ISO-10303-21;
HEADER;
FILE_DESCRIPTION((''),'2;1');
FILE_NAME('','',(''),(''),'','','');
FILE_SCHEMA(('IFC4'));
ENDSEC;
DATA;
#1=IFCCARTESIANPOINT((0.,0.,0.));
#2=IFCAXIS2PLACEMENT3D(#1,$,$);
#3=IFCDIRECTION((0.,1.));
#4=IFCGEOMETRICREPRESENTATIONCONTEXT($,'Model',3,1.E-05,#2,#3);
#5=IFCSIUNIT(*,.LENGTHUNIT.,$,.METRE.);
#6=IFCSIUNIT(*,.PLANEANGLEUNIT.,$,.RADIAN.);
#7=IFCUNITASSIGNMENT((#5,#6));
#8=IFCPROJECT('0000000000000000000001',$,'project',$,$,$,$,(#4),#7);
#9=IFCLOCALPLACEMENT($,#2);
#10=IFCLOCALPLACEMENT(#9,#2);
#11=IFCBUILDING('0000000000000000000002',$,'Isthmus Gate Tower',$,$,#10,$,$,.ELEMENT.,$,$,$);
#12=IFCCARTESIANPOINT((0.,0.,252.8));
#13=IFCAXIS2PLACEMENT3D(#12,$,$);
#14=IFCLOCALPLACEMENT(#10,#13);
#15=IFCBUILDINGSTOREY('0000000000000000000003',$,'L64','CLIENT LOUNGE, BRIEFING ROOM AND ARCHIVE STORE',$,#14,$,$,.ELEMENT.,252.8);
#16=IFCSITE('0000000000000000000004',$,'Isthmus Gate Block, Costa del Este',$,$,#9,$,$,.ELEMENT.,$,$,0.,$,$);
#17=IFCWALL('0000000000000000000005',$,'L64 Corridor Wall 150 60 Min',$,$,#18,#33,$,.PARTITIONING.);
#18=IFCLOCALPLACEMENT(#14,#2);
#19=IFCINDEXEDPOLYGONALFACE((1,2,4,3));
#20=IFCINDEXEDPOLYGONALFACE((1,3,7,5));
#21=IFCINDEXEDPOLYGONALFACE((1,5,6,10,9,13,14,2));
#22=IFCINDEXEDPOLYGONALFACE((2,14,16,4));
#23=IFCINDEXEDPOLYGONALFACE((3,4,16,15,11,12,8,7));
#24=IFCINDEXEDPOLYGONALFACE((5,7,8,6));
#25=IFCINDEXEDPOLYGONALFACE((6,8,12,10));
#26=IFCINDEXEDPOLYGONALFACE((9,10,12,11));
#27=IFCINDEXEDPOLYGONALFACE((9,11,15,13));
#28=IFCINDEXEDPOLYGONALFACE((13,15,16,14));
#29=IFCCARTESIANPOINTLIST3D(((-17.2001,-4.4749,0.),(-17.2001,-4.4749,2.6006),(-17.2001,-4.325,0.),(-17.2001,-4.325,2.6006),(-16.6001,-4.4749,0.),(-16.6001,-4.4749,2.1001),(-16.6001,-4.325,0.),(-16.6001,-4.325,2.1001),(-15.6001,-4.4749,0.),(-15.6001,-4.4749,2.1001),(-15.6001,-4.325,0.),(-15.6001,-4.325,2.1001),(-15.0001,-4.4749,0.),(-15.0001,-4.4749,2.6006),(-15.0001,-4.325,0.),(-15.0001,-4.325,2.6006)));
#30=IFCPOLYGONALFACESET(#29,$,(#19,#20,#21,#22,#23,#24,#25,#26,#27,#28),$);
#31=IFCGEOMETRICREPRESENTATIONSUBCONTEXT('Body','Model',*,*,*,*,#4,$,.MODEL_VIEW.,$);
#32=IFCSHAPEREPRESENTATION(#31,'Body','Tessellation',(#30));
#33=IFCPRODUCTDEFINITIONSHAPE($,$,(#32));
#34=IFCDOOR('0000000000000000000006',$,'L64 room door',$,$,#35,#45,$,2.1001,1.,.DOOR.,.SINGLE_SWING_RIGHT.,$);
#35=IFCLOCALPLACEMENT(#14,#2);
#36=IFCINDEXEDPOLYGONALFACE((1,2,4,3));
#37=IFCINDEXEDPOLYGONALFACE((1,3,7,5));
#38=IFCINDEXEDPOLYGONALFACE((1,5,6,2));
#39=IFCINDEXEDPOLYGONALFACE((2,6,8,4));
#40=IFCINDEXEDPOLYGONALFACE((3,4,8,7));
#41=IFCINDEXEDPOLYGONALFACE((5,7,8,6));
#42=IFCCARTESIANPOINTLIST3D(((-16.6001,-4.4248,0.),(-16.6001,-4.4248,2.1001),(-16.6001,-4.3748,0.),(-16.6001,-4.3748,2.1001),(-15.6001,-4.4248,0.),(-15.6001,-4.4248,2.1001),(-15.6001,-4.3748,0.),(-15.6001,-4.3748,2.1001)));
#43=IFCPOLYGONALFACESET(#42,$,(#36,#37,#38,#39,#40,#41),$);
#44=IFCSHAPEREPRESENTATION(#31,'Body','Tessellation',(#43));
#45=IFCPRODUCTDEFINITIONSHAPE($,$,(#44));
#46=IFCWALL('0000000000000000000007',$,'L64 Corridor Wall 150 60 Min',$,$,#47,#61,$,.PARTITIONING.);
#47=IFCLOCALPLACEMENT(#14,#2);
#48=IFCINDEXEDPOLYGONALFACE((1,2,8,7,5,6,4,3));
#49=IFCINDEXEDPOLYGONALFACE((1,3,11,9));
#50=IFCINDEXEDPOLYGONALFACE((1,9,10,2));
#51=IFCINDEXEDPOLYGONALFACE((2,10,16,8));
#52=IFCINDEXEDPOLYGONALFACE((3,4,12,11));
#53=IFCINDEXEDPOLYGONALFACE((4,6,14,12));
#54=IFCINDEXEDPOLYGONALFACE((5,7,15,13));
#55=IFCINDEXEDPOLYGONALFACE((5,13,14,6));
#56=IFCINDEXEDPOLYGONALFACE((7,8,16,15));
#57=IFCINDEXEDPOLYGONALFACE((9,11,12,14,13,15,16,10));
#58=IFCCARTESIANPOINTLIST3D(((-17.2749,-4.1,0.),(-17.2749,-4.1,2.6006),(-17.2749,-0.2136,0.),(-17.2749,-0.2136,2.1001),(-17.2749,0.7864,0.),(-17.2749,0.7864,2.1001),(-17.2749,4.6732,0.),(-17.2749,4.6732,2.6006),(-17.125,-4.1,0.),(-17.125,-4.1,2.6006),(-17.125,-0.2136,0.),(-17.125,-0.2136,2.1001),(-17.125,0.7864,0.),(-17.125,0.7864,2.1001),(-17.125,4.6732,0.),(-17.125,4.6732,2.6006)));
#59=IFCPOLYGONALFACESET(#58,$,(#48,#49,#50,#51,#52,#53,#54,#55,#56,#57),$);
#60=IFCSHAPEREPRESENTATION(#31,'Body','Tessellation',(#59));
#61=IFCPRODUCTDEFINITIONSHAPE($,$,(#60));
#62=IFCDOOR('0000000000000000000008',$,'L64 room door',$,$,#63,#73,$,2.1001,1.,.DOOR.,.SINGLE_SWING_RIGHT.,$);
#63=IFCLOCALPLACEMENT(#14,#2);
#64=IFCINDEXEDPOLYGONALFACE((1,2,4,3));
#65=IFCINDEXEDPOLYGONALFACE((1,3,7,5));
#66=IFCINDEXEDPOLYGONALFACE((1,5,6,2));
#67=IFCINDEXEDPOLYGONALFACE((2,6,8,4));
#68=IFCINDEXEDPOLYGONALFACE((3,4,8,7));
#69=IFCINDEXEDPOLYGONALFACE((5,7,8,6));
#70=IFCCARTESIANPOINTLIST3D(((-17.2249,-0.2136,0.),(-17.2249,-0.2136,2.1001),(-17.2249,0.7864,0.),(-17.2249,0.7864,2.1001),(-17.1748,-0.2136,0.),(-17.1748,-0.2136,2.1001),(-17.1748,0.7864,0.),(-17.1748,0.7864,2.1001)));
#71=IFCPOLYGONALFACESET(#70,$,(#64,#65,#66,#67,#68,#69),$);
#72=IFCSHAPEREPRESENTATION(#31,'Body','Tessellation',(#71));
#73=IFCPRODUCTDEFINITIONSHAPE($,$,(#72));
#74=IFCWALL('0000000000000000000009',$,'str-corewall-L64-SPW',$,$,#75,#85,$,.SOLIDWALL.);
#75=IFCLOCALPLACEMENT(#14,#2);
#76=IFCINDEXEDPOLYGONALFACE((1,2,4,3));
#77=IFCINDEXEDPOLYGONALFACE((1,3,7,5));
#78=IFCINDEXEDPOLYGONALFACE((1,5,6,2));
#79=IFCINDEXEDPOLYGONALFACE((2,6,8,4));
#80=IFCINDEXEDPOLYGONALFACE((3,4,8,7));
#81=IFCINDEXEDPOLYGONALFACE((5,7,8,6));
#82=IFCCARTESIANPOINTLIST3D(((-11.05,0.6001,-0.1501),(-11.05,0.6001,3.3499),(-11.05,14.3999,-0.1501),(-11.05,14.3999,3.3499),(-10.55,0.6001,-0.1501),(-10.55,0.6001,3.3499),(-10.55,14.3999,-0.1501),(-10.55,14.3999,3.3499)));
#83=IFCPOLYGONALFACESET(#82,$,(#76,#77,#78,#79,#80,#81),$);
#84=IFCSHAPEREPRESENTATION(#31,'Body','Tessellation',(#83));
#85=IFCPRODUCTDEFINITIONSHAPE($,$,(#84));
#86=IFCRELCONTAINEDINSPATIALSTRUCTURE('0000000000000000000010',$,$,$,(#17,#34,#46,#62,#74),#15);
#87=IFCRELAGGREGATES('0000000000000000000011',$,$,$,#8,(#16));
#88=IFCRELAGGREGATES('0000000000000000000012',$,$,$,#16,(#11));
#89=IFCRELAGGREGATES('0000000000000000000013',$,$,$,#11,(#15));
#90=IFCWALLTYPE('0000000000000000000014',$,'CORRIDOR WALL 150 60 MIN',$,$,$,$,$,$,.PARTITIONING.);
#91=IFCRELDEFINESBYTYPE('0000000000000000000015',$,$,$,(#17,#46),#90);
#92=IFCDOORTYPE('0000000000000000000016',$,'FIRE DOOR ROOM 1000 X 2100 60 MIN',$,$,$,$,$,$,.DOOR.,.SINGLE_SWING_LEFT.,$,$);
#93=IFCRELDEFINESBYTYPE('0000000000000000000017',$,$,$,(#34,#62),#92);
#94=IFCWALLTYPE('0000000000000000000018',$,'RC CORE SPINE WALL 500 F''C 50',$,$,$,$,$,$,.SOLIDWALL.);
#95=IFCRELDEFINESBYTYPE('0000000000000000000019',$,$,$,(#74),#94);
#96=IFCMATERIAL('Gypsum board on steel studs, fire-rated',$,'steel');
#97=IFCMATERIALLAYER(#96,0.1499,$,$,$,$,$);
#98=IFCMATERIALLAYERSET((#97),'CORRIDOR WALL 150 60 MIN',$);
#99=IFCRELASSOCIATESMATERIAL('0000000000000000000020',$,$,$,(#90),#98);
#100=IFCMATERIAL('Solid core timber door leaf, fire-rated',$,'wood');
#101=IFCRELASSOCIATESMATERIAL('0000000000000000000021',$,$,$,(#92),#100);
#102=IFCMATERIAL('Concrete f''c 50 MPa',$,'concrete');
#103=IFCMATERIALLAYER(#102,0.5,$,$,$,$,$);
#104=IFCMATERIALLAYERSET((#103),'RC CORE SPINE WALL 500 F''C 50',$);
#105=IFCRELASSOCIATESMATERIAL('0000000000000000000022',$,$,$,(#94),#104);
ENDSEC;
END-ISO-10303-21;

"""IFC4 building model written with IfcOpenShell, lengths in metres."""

from ifc_helpers import new_model, si_unit, direction, frame, frame_2d, origin, place, context, subcontext, project, spatial, rectangle, extrude, material, layer, layer_set, type_object, element, fill, save


model = new_model("IFC4")

# Units and contexts
model_context = context("Model", 3, precision=1e-05, world=origin(), true_north=direction((0.0, 1.0)))
body_context = subcontext(model_context, "Body", "Model", "MODEL_VIEW")
ifc_project = project(units=[si_unit("LENGTHUNIT", "METRE"), si_unit("PLANEANGLEUNIT", "RADIAN")], contexts=[model_context])

# Site, building, storey
site_placement = place(None, origin())
site = spatial("IfcSite", under=ifc_project, at=site_placement, Name="Isthmus Gate Block, Costa del Este", CompositionType="ELEMENT", RefElevation=0.0)
building_placement = place(site_placement, origin())
building = spatial("IfcBuilding", under=site, at=building_placement, Name="Isthmus Gate Tower", CompositionType="ELEMENT")
storey_placement = place(building_placement, frame((0.0, 0.0, 252.8)))
storey = spatial("IfcBuildingStorey", under=building, at=storey_placement, Name="L64", Description="CLIENT LOUNGE, BRIEFING ROOM AND ARCHIVE STORE", CompositionType="ELEMENT", Elevation=252.8)

# Walls, openings, doors
ifc_material_1 = material(Name="Gypsum board on steel studs, fire-rated", Category="steel")
ifc_layer_1 = layer(ifc_material_1, 0.1499)
ifc_layer_set_1 = layer_set([ifc_layer_1], Name="CORRIDOR WALL 150 60 MIN")
wall_type_1 = type_object("IfcWallType", Name="CORRIDOR WALL 150 60 MIN", PredefinedType="PARTITIONING", material=ifc_layer_set_1)
wall_1_placement = place(storey_placement, frame((-15.0, -4.3999, 0.0), z_axis=(0.0, 0.0, 1.0), x_axis=(-1.0, 0.0, 0.0)))
wall_1 = element("IfcWall", 1, at=wall_1_placement, inside=storey, type_object=wall_type_1, Name="L64 Corridor Wall 150 60 Min", PredefinedType="PARTITIONING", context=body_context, shape_type="SweptSolid", body=[
    extrude(rectangle(XDim=2.2, YDim=0.1499, at=frame_2d((1.1001, 0.0))), origin(), (0.0, 0.0, 1.0), 2.6006),
])
opening_1_placement = place(wall_1_placement, frame((0.6001, 0.0, 0.0)))
opening_1 = element("IfcOpeningElement", 2, at=opening_1_placement, cuts=wall_1, PredefinedType="OPENING", context=body_context, shape_type="SweptSolid", body=[
    extrude(rectangle(XDim=1.0, YDim=2.1001, at=frame_2d((0.5, 1.05))), frame((0.0, 0.085, 0.0), z_axis=(0.0, -1.0, 0.0), x_axis=(1.0, 0.0, 0.0)), (0.0, 0.0, 1.0), 0.1699),
])
ifc_material_2 = material(Name="Solid core timber door leaf, fire-rated", Category="wood")
door_type_1 = type_object("IfcDoorType", Name="FIRE DOOR ROOM 1000 X 2100 60 MIN", OperationType="SINGLE_SWING_LEFT", PredefinedType="DOOR", material=ifc_material_2)
door_1_placement = place(opening_1_placement, origin())
door_1 = element("IfcDoor", 3, at=door_1_placement, inside=storey, type_object=door_type_1, Name="L64 room door", OperationType="SINGLE_SWING_RIGHT", OverallHeight=2.1001, OverallWidth=1.0, PredefinedType="DOOR", context=body_context, shape_type="SweptSolid", body=[
    extrude(rectangle(XDim=1.0, YDim=2.1001, at=frame_2d((0.5, 1.05))), frame((0.0, 0.0249, 0.0), z_axis=(0.0, -1.0, 0.0), x_axis=(1.0, 0.0, 0.0)), (0.0, 0.0, 1.0), 0.05),
])
fill(opening_1, door_1)
wall_2_placement = place(storey_placement, frame((-17.2, -4.1001, 0.0), z_axis=(0.0, 0.0, 1.0), x_axis=(0.0, 1.0, 0.0)))
wall_2 = element("IfcWall", 4, at=wall_2_placement, inside=storey, type_object=wall_type_1, Name="L64 Corridor Wall 150 60 Min", PredefinedType="PARTITIONING", context=body_context, shape_type="SweptSolid", body=[
    extrude(rectangle(XDim=8.7732, YDim=0.1499, at=frame_2d((4.3867, 0.0))), origin(), (0.0, 0.0, 1.0), 2.6006),
])
opening_2_placement = place(wall_2_placement, frame((3.8865, 0.0, 0.0)))
opening_2 = element("IfcOpeningElement", 5, at=opening_2_placement, cuts=wall_2, PredefinedType="OPENING", context=body_context, shape_type="SweptSolid", body=[
    extrude(rectangle(XDim=1.0, YDim=2.1001, at=frame_2d((0.5, 1.05))), frame((0.0, 0.085, 0.0), z_axis=(0.0, -1.0, 0.0), x_axis=(1.0, 0.0, 0.0)), (0.0, 0.0, 1.0), 0.1699),
])
door_2_placement = place(opening_2_placement, origin())
door_2 = element("IfcDoor", 6, at=door_2_placement, inside=storey, type_object=door_type_1, Name="L64 room door", OperationType="SINGLE_SWING_RIGHT", OverallHeight=2.1001, OverallWidth=1.0, PredefinedType="DOOR", context=body_context, shape_type="SweptSolid", body=[
    extrude(rectangle(XDim=1.0, YDim=2.1001, at=frame_2d((0.5, 1.05))), frame((0.0, 0.0249, 0.0), z_axis=(0.0, -1.0, 0.0), x_axis=(1.0, 0.0, 0.0)), (0.0, 0.0, 1.0), 0.05),
])
fill(opening_2, door_2)

# Wall
ifc_material_3 = material(Name="Concrete f'c 50 MPa", Category="concrete")
ifc_layer_2 = layer(ifc_material_3, 0.5)
ifc_layer_set_2 = layer_set([ifc_layer_2], Name="RC CORE SPINE WALL 500 F'C 50")
wall_type_2 = type_object("IfcWallType", Name="RC CORE SPINE WALL 500 F'C 50", PredefinedType="SOLIDWALL", material=ifc_layer_set_2)
wall_3_placement = place(storey_placement, frame((-10.8, 0.6001, -0.1501), z_axis=(0.0, 0.0, 1.0), x_axis=(0.0, 1.0, 0.0)))
element("IfcWall", 7, at=wall_3_placement, inside=storey, type_object=wall_type_2, Name="str-corewall-L64-SPW", PredefinedType="SOLIDWALL", context=body_context, shape_type="SweptSolid", body=[
    extrude(rectangle(XDim=13.7998, YDim=0.5, at=frame_2d((6.8999, 0.0))), origin(), (0.0, 0.0, 1.0), 3.5),
])

save(model, "model.ifc")
